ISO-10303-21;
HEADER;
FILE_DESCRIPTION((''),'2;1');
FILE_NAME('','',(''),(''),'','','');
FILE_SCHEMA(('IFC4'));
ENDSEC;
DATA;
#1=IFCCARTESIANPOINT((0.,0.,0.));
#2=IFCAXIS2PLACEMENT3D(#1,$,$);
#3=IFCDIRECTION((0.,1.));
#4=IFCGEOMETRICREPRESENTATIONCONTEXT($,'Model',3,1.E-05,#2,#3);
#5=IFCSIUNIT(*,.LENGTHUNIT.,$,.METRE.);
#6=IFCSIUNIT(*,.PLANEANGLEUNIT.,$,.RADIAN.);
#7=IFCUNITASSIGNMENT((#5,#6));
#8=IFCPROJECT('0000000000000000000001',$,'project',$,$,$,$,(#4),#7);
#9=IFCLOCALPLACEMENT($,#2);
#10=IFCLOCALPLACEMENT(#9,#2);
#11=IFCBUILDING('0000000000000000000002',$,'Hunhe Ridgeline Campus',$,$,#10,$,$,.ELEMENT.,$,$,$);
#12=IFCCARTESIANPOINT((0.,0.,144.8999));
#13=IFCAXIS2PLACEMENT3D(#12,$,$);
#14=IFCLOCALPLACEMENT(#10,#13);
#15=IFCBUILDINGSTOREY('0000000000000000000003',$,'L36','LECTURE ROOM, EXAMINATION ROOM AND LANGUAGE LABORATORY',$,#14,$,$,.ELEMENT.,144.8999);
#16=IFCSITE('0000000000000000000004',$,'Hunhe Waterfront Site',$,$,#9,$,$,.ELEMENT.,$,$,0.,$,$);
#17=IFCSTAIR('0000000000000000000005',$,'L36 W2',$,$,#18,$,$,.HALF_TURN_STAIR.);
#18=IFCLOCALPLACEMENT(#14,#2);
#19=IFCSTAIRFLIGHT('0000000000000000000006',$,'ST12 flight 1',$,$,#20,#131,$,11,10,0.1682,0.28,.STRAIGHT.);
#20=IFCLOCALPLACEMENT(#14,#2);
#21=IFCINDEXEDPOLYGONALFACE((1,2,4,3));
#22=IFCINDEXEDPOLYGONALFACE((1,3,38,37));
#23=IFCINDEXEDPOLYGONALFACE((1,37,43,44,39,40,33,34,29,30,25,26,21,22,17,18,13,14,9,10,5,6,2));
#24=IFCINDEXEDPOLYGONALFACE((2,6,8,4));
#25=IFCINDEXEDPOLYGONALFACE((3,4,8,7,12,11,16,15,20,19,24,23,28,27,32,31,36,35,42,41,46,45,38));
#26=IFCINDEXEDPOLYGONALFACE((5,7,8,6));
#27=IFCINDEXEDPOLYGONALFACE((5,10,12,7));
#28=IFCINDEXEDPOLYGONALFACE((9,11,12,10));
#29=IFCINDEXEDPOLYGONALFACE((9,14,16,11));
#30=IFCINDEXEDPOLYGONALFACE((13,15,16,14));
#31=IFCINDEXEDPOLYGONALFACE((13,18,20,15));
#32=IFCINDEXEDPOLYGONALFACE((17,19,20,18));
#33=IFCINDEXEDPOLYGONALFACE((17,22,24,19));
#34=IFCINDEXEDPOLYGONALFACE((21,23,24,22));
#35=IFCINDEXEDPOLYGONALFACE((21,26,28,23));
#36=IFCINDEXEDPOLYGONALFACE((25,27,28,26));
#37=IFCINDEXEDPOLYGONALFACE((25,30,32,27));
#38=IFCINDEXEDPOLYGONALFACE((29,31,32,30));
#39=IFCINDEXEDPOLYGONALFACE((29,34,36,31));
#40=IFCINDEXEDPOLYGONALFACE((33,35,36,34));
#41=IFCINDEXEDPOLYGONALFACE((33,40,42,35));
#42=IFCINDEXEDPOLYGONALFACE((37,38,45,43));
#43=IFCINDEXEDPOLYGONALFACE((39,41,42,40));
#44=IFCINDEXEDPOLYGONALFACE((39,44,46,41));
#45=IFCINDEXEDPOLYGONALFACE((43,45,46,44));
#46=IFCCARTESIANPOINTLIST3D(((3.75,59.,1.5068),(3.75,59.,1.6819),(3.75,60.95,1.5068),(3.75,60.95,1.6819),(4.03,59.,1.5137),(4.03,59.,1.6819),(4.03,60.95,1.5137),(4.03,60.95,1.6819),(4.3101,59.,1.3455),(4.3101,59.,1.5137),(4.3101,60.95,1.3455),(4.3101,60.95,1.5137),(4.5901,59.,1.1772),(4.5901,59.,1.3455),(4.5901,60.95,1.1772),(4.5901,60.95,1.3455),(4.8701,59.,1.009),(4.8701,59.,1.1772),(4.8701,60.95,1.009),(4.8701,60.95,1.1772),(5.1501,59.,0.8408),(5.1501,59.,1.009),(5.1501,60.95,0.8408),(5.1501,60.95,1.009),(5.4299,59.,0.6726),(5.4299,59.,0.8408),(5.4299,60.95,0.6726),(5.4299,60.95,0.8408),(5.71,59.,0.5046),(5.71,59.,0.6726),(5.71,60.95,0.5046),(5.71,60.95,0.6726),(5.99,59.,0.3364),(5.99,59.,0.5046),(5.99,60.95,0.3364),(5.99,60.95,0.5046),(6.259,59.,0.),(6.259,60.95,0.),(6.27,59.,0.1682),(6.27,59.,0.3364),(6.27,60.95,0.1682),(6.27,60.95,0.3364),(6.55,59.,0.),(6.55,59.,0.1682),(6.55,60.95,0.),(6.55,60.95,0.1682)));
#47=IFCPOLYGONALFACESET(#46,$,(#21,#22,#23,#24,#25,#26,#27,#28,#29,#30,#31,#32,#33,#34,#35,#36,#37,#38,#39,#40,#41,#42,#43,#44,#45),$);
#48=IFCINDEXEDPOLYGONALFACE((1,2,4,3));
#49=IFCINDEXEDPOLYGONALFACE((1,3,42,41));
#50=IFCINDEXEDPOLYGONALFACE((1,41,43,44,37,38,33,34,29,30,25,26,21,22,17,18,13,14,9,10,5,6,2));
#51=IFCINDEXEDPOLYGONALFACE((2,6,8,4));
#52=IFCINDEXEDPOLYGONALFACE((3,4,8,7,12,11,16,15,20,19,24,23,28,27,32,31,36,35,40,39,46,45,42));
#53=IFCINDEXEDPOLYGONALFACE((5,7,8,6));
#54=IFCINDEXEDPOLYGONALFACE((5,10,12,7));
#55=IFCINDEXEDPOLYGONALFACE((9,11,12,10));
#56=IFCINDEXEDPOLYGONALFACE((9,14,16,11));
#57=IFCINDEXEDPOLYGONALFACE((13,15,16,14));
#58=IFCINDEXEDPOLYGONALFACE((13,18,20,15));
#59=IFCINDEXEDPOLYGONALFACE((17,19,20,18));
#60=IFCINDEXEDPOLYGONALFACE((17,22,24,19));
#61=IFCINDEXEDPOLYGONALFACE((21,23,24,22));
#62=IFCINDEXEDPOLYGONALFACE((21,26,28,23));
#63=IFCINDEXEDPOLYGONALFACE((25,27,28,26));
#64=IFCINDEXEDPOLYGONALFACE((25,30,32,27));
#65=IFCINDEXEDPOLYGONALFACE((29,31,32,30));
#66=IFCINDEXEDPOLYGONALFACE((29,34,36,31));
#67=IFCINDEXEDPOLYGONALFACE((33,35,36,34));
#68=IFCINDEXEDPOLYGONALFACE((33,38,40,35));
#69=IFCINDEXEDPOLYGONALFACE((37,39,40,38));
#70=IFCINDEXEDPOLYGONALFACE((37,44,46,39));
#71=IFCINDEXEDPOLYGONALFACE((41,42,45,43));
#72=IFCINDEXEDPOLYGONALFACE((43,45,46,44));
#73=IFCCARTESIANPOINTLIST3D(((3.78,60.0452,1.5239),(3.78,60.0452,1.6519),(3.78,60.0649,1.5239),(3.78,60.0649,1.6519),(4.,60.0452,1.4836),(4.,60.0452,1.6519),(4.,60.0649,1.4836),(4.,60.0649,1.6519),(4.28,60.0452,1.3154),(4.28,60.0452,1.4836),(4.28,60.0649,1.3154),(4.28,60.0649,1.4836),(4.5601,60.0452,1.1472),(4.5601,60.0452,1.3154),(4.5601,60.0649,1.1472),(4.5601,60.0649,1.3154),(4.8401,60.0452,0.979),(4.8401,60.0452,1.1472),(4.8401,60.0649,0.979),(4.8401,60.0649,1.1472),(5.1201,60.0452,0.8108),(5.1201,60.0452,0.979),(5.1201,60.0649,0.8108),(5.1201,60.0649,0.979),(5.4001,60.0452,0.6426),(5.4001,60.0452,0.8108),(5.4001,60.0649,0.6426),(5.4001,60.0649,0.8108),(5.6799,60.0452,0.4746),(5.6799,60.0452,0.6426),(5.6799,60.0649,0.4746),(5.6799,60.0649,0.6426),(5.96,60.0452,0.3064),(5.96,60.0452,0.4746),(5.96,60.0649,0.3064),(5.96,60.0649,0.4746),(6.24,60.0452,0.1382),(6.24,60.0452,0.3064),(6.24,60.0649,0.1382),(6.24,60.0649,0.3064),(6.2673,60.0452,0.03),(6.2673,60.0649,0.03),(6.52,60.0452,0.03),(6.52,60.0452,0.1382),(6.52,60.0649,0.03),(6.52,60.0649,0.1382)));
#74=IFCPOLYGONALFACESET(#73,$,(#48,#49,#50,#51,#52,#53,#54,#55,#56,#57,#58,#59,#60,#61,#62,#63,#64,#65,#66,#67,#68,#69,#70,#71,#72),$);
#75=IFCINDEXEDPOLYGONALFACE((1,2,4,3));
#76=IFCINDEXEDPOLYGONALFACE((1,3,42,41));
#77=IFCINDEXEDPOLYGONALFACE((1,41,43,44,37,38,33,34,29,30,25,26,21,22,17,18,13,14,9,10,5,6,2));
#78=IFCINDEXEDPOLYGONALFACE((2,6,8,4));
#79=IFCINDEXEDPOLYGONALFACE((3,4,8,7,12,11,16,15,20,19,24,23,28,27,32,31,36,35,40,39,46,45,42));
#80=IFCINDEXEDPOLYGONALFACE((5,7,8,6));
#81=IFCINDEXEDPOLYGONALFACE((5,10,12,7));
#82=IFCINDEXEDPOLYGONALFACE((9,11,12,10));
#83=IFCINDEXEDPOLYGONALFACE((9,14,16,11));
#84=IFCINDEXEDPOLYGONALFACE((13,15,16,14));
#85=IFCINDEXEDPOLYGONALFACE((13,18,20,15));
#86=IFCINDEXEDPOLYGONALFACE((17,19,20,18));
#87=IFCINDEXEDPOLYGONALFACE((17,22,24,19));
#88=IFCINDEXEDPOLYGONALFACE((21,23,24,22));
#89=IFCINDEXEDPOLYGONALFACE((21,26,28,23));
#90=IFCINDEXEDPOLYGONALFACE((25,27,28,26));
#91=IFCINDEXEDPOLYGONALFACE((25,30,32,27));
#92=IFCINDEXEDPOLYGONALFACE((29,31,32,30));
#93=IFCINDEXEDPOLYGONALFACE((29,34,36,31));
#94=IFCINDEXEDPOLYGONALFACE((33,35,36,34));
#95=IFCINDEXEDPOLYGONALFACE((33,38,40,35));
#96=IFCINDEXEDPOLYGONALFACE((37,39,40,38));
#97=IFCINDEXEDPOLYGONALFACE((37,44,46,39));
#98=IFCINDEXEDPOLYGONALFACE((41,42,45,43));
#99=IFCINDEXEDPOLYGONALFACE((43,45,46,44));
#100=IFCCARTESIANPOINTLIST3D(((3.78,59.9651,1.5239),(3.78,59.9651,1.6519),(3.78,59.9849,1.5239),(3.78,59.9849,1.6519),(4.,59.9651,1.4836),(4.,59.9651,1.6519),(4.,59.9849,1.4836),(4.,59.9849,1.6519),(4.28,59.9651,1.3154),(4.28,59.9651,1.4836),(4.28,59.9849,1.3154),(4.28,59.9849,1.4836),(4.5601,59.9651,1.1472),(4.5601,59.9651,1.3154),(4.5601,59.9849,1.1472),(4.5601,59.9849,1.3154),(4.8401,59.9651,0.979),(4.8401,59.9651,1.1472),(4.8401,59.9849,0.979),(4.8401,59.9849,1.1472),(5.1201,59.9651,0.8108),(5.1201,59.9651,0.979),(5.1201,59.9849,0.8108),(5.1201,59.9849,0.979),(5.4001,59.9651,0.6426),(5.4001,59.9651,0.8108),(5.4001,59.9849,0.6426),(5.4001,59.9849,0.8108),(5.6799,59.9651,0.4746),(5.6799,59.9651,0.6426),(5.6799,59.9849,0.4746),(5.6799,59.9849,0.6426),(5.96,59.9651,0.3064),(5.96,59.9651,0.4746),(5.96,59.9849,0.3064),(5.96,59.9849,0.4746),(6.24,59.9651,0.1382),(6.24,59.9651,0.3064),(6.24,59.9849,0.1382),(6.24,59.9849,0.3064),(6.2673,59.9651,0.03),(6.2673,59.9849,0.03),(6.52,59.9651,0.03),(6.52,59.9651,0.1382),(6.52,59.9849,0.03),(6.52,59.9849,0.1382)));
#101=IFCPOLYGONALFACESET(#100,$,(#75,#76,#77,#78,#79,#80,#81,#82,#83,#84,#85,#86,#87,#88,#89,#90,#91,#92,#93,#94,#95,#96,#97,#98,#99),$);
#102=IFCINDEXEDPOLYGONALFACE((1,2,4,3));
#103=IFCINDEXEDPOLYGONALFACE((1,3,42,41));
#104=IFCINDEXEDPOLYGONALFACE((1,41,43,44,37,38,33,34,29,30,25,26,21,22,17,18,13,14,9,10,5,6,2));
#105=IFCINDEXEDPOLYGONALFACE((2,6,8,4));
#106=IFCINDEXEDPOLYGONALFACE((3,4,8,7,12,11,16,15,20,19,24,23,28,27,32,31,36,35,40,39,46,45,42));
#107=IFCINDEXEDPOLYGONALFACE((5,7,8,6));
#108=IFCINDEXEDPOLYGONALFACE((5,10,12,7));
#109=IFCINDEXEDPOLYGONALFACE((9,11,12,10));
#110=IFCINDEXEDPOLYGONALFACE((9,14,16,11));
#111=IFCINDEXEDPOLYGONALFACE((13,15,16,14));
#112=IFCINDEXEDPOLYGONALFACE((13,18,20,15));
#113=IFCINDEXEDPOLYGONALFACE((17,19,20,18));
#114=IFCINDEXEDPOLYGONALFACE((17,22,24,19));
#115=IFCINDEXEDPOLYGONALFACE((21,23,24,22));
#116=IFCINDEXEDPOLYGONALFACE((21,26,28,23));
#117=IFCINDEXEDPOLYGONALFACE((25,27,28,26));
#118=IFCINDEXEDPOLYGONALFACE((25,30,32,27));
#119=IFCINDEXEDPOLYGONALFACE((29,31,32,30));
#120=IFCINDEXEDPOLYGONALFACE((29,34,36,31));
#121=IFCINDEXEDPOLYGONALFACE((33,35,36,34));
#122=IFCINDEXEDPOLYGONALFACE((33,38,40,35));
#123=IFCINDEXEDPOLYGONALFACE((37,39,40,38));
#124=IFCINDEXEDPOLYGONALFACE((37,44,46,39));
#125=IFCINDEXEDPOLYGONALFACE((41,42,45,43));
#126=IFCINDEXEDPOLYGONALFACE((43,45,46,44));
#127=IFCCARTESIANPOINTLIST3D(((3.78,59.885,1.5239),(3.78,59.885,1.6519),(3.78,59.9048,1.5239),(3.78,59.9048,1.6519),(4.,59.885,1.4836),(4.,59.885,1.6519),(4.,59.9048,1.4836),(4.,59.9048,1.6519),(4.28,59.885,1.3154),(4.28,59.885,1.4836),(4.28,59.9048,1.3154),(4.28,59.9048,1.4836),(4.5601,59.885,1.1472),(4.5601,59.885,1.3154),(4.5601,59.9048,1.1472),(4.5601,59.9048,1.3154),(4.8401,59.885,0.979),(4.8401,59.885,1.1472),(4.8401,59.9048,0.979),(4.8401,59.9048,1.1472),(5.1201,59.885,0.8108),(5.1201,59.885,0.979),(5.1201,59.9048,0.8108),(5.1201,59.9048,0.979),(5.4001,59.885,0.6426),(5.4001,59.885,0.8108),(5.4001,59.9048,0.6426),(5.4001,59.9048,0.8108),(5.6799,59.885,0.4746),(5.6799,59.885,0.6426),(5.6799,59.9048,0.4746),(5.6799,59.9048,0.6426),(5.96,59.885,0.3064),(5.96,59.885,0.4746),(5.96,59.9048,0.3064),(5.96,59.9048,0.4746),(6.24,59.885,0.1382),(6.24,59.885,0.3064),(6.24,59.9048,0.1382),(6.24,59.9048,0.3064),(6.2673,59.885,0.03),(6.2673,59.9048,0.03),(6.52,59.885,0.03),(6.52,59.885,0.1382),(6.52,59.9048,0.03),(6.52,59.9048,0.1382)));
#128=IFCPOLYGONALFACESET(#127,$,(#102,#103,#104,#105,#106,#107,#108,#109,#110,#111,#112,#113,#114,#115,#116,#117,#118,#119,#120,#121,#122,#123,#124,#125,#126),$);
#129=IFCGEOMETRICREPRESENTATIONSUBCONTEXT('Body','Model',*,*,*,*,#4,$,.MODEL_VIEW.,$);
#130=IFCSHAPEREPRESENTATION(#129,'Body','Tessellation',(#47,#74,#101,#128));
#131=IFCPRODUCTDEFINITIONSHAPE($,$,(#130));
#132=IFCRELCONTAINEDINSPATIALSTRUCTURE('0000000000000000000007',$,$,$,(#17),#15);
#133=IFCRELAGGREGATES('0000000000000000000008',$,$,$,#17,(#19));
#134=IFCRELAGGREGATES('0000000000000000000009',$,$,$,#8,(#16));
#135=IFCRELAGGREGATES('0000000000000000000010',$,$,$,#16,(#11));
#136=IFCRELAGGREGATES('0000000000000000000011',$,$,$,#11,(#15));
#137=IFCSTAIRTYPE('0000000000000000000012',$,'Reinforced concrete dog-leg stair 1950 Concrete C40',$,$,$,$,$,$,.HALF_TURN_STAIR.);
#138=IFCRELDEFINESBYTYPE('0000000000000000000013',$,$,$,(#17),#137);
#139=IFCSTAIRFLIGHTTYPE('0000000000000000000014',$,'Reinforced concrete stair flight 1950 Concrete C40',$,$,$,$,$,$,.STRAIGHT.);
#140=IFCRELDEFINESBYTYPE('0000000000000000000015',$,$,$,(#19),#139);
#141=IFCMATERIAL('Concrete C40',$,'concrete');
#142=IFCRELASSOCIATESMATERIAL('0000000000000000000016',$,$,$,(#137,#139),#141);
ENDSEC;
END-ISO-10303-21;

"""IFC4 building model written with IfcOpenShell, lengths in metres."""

from ifc_helpers import new_model, si_unit, direction, frame, origin, place, context, subcontext, project, spatial, polyline, outline, extrude, material, type_object, element, aggregate, save


model = new_model("IFC4")

# Units and contexts
model_context = context("Model", 3, precision=1e-05, world=origin(), true_north=direction((0.0, 1.0)))
body_context = subcontext(model_context, "Body", "Model", "MODEL_VIEW")
ifc_project = project(units=[si_unit("LENGTHUNIT", "METRE"), si_unit("PLANEANGLEUNIT", "RADIAN")], contexts=[model_context])

# Site, building, storey
site_placement = place(None, origin())
site = spatial("IfcSite", under=ifc_project, at=site_placement, Name="Hunhe Waterfront Site", CompositionType="ELEMENT", RefElevation=0.0)
building_placement = place(site_placement, origin())
building = spatial("IfcBuilding", under=site, at=building_placement, Name="Hunhe Ridgeline Campus", CompositionType="ELEMENT")
storey_placement = place(building_placement, frame((0.0, 0.0, 144.8999)))
storey = spatial("IfcBuildingStorey", under=building, at=storey_placement, Name="L36", Description="LECTURE ROOM, EXAMINATION ROOM AND LANGUAGE LABORATORY", CompositionType="ELEMENT", Elevation=144.8999)

# Stair, stair flight
ifc_material_1 = material(Name="Concrete C40", Category="concrete")
stair_type = type_object("IfcStairType", Name="Reinforced concrete dog-leg stair 1950 Concrete C40", PredefinedType="HALF_TURN_STAIR", material=ifc_material_1)
stair_flight_type = type_object("IfcStairFlightType", Name="Reinforced concrete stair flight 1950 Concrete C40", PredefinedType="STRAIGHT", material=ifc_material_1)
stair_1_placement = place(storey_placement, origin())
stair_1 = element("IfcStair", 1, at=stair_1_placement, inside=storey, type_object=stair_type, Name="L36 W2", PredefinedType="HALF_TURN_STAIR")
stair_flight_1_placement = place(storey_placement, frame((6.55, 59.9751, 0.0), z_axis=(0.0, 0.0, 1.0), x_axis=(-1.0, 0.0, 0.0)))
stair_flight_1 = element("IfcStairFlight", 2, at=stair_flight_1_placement, type_object=stair_flight_type, Name="ST12 flight 1", NumberOfRisers=11, NumberOfTreads=10, PredefinedType="STRAIGHT", RiserHeight=0.1682, TreadLength=0.28, context=body_context, shape_type="SweptSolid", body=[
    extrude(outline(polyline([(0.0, 0.0), (0.0, 0.1682), (0.28, 0.1682), (0.28, 0.3364), (0.5601, 0.3364), (0.5601, 0.5046), (0.8401, 0.5046), (0.8401, 0.6726), (1.1201, 0.6726), (1.1201, 0.8408), (1.3999, 0.8408), (1.3999, 1.009), (1.6799, 1.009), (1.6799, 1.1772), (1.96, 1.1772), (1.96, 1.3455), (2.24, 1.3455), (2.24, 1.5137), (2.52, 1.5137), (2.52, 1.6819), (2.8, 1.6819), (2.8, 1.8501), (2.8, 1.5068), (0.291, 0.0), (0.0, 0.0)])), frame((0.0, 0.9751, 0.0), z_axis=(0.0, -1.0, 0.0), x_axis=(1.0, 0.0, 0.0)), (0.0, 0.0, 1.0), 1.95),
    extrude(outline(polyline([(0.03, 0.03), (0.03, 0.1382), (0.3101, 0.1382), (0.3101, 0.3064), (0.5901, 0.3064), (0.5901, 0.4746), (0.8701, 0.4746), (0.8701, 0.6426), (1.1499, 0.6426), (1.1499, 0.8108), (1.4299, 0.8108), (1.4299, 0.979), (1.71, 0.979), (1.71, 1.1472), (1.99, 1.1472), (1.99, 1.3154), (2.27, 1.3154), (2.27, 1.4836), (2.55, 1.4836), (2.55, 1.6519), (2.77, 1.6519), (2.77, 1.5239), (0.2827, 0.03), (0.03, 0.03)])), frame((0.0, -0.0701, 0.0), z_axis=(0.0, -1.0, 0.0), x_axis=(1.0, 0.0, 0.0)), (0.0, 0.0, 1.0), 0.0198),
    extrude(outline(polyline([(0.03, 0.03), (0.03, 0.1382), (0.3101, 0.1382), (0.3101, 0.3064), (0.5901, 0.3064), (0.5901, 0.4746), (0.8701, 0.4746), (0.8701, 0.6426), (1.1499, 0.6426), (1.1499, 0.8108), (1.4299, 0.8108), (1.4299, 0.979), (1.71, 0.979), (1.71, 1.1472), (1.99, 1.1472), (1.99, 1.3154), (2.27, 1.3154), (2.27, 1.4836), (2.55, 1.4836), (2.55, 1.6519), (2.77, 1.6519), (2.77, 1.5239), (0.2827, 0.03), (0.03, 0.03)])), frame((0.0, 0.01, 0.0), z_axis=(0.0, -1.0, 0.0), x_axis=(1.0, 0.0, 0.0)), (0.0, 0.0, 1.0), 0.0198),
    extrude(outline(polyline([(0.03, 0.03), (0.03, 0.1382), (0.3101, 0.1382), (0.3101, 0.3064), (0.5901, 0.3064), (0.5901, 0.4746), (0.8701, 0.4746), (0.8701, 0.6426), (1.1499, 0.6426), (1.1499, 0.8108), (1.4299, 0.8108), (1.4299, 0.979), (1.71, 0.979), (1.71, 1.1472), (1.99, 1.1472), (1.99, 1.3154), (2.27, 1.3154), (2.27, 1.4836), (2.55, 1.4836), (2.55, 1.6519), (2.77, 1.6519), (2.77, 1.5239), (0.2827, 0.03), (0.03, 0.03)])), frame((0.0, 0.0901, 0.0), z_axis=(0.0, -1.0, 0.0), x_axis=(1.0, 0.0, 0.0)), (0.0, 0.0, 1.0), 0.0198),
])
aggregate(stair_1, [stair_flight_1])

save(model, "model.ifc")
